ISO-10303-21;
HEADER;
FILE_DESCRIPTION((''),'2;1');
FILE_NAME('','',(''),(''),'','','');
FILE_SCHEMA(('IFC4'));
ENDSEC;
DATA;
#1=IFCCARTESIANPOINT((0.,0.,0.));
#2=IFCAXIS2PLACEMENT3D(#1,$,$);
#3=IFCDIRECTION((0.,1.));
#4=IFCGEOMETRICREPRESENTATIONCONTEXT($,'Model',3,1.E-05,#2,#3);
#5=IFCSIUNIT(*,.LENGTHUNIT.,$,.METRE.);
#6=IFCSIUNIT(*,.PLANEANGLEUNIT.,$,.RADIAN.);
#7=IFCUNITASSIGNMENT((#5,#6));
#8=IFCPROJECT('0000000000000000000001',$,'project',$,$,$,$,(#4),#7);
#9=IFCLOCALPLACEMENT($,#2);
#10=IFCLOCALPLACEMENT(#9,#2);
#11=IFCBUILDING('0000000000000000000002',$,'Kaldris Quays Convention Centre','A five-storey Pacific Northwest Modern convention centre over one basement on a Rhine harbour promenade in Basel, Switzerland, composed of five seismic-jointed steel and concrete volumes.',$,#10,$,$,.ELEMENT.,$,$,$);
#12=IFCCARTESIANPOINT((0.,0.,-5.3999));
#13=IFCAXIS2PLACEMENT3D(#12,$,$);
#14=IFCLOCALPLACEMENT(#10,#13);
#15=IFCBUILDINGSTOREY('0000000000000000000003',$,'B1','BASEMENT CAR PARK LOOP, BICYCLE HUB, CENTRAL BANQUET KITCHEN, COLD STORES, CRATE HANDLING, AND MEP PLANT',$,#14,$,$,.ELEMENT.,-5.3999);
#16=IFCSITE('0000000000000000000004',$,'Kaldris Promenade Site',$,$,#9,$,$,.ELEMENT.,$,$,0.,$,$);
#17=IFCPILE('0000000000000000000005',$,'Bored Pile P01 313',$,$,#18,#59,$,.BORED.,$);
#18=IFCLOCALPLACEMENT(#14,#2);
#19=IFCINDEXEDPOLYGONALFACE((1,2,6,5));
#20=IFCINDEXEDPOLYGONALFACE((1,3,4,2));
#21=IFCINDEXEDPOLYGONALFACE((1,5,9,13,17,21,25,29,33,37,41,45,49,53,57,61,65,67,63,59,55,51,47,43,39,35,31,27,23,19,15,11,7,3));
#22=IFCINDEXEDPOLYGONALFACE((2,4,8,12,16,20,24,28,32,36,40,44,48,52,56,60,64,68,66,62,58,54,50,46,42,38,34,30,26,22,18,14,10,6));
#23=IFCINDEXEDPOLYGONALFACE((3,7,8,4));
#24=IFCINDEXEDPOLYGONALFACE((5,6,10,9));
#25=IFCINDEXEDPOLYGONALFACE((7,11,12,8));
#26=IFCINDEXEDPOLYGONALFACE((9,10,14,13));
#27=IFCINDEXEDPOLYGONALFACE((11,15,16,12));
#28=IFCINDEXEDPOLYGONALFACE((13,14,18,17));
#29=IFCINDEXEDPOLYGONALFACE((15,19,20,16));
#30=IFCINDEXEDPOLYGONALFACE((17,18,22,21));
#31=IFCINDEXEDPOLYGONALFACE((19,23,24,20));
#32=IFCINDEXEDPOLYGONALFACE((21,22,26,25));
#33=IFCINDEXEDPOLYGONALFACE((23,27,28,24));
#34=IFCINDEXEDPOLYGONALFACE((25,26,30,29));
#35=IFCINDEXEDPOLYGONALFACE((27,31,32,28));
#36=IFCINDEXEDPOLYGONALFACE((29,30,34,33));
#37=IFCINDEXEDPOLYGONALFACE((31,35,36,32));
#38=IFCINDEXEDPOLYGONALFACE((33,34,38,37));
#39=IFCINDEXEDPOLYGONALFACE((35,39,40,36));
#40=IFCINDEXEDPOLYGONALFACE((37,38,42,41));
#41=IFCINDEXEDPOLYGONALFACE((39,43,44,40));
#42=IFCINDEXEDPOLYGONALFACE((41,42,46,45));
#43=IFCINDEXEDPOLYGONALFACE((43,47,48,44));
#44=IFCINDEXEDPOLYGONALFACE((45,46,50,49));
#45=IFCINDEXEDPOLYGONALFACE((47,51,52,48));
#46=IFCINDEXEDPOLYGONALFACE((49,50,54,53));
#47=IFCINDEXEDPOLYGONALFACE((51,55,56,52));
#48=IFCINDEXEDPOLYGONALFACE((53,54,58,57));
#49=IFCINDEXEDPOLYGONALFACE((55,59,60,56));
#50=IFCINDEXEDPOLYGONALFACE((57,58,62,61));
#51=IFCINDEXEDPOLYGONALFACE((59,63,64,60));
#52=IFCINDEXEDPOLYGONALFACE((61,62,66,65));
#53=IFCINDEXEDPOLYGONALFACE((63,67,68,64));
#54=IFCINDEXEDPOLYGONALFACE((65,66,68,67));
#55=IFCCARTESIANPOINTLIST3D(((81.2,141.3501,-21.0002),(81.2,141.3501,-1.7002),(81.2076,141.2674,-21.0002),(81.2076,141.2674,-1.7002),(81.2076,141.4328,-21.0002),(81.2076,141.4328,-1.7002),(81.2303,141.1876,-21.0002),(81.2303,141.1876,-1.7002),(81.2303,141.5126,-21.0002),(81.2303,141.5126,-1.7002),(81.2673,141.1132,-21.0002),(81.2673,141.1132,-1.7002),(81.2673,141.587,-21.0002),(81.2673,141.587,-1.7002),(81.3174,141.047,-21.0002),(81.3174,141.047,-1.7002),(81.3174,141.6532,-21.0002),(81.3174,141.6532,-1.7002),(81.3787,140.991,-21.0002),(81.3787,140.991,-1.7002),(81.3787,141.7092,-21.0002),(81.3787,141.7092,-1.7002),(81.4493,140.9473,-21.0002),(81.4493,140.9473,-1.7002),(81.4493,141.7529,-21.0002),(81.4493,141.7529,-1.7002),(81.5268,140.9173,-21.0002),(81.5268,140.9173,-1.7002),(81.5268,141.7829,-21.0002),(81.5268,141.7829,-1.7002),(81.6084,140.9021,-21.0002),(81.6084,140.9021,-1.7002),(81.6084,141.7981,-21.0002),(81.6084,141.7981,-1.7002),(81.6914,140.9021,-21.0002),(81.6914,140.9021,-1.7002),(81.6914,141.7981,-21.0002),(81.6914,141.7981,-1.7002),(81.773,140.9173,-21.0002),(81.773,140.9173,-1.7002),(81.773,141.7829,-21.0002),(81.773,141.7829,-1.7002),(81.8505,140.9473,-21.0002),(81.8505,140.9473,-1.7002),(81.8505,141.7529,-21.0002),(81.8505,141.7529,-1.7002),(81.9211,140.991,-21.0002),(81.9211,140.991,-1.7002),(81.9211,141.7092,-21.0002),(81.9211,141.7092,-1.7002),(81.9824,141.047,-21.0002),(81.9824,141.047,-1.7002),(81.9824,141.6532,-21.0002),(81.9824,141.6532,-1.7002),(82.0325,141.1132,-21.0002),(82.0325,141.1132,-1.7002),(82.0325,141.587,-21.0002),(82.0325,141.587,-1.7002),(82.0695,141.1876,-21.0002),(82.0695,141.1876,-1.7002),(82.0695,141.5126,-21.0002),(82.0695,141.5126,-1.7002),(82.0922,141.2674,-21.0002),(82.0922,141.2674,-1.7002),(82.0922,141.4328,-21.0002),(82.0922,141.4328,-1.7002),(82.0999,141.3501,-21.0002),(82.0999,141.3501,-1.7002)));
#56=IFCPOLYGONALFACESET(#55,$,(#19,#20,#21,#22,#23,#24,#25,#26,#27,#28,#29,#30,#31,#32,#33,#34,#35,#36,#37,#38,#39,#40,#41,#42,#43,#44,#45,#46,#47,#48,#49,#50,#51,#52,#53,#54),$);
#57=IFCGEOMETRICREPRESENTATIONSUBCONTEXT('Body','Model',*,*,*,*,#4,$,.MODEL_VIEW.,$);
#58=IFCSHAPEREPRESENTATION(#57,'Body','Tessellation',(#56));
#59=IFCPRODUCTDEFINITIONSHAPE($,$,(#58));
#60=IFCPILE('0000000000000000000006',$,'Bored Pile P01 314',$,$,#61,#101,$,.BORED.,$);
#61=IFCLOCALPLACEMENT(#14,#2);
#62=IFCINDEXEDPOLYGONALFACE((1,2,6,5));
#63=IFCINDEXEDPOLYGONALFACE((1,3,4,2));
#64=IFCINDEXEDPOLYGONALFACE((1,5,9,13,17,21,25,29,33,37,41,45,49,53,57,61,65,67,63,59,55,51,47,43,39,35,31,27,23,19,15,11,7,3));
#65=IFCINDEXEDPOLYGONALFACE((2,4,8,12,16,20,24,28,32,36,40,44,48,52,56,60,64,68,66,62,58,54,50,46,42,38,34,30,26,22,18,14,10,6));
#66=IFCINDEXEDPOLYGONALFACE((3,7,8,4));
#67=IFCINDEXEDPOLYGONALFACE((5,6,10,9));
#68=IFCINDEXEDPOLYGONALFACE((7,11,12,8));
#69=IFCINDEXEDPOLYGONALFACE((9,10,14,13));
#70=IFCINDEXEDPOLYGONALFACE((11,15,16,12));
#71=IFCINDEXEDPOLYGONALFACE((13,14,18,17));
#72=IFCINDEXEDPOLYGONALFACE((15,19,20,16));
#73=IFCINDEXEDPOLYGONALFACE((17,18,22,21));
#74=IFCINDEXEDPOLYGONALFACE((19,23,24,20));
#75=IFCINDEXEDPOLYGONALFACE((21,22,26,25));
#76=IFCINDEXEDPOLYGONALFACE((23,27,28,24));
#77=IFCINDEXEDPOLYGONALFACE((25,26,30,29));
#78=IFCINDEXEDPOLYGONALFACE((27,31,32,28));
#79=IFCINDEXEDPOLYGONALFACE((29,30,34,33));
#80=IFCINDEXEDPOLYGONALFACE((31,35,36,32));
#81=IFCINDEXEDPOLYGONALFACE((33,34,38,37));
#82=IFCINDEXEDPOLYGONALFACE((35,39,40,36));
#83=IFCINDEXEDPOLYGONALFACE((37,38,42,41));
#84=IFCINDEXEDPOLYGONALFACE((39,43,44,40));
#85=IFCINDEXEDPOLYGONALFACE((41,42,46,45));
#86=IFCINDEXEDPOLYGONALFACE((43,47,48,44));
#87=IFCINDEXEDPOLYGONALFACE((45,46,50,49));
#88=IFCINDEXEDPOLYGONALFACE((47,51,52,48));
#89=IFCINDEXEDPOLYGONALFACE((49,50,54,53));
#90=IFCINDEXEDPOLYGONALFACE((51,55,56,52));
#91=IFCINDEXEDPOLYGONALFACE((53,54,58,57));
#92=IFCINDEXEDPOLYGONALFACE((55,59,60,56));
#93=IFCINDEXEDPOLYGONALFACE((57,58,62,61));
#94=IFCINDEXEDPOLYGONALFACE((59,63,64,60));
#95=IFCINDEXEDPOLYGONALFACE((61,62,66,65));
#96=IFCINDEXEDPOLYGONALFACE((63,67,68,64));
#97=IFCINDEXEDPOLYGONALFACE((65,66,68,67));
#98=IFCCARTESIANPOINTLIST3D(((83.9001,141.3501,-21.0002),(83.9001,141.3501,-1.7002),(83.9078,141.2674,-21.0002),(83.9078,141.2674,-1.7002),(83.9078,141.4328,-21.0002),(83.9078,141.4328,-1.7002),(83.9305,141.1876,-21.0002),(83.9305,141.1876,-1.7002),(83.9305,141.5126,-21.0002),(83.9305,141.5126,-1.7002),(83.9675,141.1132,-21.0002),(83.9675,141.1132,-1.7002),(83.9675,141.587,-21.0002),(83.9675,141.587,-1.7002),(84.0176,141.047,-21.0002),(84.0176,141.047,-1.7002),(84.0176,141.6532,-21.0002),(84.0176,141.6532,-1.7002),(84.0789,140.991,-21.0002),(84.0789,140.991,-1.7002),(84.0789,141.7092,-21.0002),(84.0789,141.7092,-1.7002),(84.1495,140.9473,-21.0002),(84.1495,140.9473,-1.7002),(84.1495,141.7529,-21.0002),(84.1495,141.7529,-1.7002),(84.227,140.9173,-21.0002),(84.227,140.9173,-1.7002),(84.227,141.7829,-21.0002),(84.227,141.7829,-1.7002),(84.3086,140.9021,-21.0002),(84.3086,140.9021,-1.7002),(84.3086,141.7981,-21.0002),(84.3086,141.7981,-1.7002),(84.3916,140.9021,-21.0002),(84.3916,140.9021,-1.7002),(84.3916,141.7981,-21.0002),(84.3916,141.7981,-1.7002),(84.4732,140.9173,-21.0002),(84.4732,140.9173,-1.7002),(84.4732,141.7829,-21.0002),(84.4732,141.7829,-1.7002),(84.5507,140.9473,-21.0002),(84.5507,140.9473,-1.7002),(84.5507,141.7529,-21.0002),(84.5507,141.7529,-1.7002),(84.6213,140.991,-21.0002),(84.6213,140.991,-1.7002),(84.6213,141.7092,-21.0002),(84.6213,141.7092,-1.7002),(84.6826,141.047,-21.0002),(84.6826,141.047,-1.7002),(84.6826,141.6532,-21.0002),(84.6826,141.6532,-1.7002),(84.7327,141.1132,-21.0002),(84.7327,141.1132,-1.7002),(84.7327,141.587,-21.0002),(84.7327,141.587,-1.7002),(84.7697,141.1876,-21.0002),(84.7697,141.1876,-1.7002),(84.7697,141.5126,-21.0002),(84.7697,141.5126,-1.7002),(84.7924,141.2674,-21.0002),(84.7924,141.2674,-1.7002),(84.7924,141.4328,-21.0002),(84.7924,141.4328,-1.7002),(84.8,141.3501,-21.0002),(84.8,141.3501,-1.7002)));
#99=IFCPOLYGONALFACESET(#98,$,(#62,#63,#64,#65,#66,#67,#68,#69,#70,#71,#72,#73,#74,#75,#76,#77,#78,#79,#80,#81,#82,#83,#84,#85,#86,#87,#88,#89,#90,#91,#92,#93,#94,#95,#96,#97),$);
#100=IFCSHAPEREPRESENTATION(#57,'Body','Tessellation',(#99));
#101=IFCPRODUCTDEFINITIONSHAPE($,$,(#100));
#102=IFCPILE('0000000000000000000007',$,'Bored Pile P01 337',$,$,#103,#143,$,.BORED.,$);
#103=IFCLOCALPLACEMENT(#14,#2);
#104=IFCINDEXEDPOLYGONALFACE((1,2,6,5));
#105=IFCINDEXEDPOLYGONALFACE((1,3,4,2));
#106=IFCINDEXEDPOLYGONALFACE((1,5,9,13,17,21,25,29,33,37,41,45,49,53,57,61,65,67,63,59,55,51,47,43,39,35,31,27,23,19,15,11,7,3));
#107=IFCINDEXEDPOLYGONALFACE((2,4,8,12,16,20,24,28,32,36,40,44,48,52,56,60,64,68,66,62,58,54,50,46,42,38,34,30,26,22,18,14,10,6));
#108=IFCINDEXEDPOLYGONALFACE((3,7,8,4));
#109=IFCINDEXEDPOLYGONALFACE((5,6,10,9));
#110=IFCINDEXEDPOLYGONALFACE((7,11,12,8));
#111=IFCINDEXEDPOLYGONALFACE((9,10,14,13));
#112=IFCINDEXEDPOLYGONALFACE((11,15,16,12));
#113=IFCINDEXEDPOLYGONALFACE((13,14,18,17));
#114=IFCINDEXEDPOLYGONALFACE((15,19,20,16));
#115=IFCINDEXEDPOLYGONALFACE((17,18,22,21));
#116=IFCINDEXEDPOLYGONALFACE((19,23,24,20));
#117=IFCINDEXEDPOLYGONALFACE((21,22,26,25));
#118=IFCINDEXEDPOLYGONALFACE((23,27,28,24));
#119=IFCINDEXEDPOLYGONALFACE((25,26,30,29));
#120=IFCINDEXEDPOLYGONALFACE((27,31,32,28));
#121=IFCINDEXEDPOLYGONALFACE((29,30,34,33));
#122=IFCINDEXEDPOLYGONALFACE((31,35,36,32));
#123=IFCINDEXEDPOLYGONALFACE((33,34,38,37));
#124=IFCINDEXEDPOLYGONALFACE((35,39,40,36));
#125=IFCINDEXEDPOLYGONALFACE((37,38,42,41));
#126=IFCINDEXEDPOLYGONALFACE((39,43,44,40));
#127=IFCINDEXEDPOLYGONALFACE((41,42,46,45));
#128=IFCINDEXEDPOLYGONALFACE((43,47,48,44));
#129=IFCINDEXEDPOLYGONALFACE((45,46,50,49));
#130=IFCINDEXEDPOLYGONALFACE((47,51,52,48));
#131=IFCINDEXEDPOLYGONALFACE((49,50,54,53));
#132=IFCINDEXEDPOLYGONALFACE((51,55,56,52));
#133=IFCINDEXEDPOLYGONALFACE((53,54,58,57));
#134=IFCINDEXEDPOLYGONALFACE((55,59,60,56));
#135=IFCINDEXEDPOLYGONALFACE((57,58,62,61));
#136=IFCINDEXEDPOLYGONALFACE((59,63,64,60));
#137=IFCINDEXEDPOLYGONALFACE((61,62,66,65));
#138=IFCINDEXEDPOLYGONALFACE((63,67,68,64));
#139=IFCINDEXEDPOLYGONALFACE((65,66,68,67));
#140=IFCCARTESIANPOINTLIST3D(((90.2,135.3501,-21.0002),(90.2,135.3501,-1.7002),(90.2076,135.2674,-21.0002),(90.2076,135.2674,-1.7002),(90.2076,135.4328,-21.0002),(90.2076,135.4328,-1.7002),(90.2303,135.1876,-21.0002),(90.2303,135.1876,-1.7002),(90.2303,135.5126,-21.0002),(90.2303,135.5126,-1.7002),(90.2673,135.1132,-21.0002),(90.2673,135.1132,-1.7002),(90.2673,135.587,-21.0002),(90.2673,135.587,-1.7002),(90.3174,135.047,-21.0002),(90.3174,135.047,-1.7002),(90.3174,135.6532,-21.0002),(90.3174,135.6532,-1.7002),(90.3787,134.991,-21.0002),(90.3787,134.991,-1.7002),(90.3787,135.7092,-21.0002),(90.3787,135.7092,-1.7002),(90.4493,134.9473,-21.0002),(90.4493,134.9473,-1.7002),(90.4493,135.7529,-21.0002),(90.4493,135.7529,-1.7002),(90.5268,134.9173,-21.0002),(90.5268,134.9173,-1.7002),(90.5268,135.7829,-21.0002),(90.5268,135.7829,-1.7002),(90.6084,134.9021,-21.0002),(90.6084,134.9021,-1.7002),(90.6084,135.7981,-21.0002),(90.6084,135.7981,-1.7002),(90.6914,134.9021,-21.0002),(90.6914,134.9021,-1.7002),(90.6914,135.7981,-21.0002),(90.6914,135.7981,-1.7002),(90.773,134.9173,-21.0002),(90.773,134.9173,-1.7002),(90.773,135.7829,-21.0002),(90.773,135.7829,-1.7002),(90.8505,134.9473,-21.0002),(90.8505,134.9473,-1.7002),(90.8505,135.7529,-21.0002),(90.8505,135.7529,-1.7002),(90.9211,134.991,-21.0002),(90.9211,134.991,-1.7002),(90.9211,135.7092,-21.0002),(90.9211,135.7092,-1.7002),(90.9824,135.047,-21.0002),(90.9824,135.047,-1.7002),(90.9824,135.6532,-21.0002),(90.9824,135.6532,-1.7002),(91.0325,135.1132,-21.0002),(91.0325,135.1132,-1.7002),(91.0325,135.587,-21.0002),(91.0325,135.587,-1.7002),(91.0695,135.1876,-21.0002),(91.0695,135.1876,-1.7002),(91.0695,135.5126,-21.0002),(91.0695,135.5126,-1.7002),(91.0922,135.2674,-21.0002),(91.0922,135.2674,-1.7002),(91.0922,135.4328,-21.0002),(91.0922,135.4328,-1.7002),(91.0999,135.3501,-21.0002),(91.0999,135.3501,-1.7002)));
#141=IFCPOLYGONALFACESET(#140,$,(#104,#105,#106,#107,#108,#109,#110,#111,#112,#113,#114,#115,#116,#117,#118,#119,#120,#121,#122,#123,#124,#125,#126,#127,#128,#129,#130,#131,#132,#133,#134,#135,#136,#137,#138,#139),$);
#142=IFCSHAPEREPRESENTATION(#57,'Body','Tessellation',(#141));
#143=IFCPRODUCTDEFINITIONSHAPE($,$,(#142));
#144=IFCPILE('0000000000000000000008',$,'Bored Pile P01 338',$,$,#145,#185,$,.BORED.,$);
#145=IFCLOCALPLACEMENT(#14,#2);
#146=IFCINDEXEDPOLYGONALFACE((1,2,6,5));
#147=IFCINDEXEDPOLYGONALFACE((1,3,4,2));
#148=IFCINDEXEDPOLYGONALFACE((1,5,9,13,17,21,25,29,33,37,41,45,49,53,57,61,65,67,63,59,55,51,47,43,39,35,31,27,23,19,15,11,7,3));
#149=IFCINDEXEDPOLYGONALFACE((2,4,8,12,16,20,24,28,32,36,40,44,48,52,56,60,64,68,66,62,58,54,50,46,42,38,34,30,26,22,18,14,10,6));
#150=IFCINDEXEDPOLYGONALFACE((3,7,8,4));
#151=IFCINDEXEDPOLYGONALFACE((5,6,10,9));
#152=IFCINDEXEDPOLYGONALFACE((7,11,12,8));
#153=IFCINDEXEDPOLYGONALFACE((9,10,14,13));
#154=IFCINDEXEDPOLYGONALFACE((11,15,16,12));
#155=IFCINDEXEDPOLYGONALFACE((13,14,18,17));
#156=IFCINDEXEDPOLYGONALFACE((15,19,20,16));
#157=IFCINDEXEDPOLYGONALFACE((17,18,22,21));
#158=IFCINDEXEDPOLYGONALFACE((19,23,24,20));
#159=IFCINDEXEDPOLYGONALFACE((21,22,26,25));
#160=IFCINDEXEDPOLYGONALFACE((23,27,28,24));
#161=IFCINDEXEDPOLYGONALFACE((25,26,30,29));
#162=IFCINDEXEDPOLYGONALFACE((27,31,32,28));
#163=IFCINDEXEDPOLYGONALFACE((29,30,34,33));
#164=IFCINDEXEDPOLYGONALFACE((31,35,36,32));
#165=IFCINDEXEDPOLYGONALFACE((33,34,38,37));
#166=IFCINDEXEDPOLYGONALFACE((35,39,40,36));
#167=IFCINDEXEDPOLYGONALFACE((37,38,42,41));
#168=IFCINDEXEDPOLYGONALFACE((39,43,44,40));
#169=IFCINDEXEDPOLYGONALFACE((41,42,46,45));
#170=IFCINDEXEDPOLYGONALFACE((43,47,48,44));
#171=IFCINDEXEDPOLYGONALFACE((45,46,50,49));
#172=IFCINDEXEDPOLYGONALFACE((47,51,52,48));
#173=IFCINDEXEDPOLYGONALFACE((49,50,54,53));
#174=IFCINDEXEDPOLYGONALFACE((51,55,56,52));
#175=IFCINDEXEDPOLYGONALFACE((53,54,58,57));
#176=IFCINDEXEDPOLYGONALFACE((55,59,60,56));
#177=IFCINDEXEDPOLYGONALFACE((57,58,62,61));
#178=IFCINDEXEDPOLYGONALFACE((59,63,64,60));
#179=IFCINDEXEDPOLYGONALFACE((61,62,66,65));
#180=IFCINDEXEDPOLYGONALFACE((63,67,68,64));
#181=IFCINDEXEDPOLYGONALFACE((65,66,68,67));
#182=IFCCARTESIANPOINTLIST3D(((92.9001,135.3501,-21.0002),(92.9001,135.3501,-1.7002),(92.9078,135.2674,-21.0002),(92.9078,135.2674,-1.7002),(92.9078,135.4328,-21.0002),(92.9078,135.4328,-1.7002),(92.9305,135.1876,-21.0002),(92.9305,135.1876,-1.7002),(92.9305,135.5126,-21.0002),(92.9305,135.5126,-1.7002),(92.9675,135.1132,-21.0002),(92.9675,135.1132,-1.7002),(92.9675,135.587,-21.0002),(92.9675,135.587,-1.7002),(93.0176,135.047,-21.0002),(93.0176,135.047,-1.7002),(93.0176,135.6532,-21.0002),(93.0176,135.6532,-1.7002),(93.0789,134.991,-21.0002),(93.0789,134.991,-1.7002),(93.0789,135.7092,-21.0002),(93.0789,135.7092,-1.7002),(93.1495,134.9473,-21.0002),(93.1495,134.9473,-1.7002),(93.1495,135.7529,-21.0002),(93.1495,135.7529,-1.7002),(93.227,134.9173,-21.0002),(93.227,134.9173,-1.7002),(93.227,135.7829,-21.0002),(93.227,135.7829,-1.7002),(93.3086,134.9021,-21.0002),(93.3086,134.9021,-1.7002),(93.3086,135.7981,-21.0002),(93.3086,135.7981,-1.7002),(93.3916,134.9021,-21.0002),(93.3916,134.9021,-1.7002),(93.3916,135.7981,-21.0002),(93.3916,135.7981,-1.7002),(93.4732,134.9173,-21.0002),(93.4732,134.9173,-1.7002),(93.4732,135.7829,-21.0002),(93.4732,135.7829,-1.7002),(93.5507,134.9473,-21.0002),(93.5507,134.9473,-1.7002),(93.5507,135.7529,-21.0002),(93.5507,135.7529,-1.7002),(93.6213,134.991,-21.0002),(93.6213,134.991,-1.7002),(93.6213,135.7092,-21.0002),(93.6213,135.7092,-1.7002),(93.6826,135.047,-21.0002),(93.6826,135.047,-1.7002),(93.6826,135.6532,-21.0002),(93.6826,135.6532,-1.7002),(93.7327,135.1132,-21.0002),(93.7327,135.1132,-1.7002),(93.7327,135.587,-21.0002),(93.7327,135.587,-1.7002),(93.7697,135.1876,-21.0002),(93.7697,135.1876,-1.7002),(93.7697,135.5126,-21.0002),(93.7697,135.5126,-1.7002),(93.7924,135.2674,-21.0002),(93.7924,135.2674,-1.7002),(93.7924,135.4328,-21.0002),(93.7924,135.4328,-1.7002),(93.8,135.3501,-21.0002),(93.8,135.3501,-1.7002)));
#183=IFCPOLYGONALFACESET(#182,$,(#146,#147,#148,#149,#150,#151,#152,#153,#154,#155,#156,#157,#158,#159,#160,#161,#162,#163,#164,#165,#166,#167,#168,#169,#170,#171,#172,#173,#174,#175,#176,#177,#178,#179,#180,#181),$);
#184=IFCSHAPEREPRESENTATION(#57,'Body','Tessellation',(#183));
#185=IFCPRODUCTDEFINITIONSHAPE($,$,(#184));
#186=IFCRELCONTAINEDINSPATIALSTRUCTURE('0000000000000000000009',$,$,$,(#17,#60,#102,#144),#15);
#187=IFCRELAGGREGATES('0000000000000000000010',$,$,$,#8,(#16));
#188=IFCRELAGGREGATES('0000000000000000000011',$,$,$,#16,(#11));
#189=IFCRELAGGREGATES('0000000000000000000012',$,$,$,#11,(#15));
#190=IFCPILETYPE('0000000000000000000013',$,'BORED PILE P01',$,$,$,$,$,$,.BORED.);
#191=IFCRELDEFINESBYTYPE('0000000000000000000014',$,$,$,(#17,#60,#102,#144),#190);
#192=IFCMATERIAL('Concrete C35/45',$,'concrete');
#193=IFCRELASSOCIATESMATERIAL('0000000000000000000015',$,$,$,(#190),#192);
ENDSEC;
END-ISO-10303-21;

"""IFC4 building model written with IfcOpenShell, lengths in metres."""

from ifc_helpers import new_model, si_unit, direction, frame, origin, origin_2d, place, context, subcontext, project, spatial, circle, extrude, material, material_profile, profile_set, type_object, element, save


model = new_model("IFC4")

# Units and contexts
model_context = context("Model", 3, precision=1e-05, world=origin(), true_north=direction((0.0, 1.0)))
body_context = subcontext(model_context, "Body", "Model", "MODEL_VIEW")
ifc_project = project(units=[si_unit("LENGTHUNIT", "METRE"), si_unit("PLANEANGLEUNIT", "RADIAN")], contexts=[model_context])

# Site, building, storey
site_placement = place(None, origin())
site = spatial("IfcSite", under=ifc_project, at=site_placement, Name="Kaldris Promenade Site", CompositionType="ELEMENT", RefElevation=0.0)
building_placement = place(site_placement, origin())
building = spatial("IfcBuilding", under=site, at=building_placement, Name="Kaldris Quays Convention Centre", Description="A five-storey Pacific Northwest Modern convention centre over one basement on a Rhine harbour promenade in Basel, Switzerland, composed of five seismic-jointed steel and concrete volumes.", CompositionType="ELEMENT")
storey_placement = place(building_placement, frame((0.0, 0.0, -5.3999)))
storey = spatial("IfcBuildingStorey", under=building, at=storey_placement, Name="B1", Description="BASEMENT CAR PARK LOOP, BICYCLE HUB, CENTRAL BANQUET KITCHEN, COLD STORES, CRATE HANDLING, AND MEP PLANT", CompositionType="ELEMENT", Elevation=-5.3999)

# Piles
ifc_material_1 = material(Name="Concrete C35/45", Category="concrete")
ifc_material_profile_1 = material_profile(ifc_material_1, circle(Radius=0.45, at=origin_2d()), Name="BORED PILE D900")
ifc_profile_set_1 = profile_set([ifc_material_profile_1], Name="Concrete C35/45")
pile_type = type_object("IfcPileType", Name="BORED PILE P01", PredefinedType="BORED", material=ifc_profile_set_1)
for number, where, z_axis, x_axis, name in (
    (1, (81.6499, 141.3501, -1.7002), (0.0, 0.0, -1.0), (1.0, 0.0, 0.0), "Bored Pile P01 313"),
    (2, (84.3501, 141.3501, -1.7002), (0.0, 0.0, -1.0), (1.0, 0.0, 0.0), "Bored Pile P01 314"),
    (3, (90.6499, 135.3501, -1.7002), (0.0, 0.0, -1.0), (1.0, 0.0, 0.0), "Bored Pile P01 337"),
    (4, (93.3501, 135.3501, -1.7002), (0.0, 0.0, -1.0), (1.0, 0.0, 0.0), "Bored Pile P01 338"),
):
    element("IfcPile", number, at=place(storey_placement, frame(where, z_axis=z_axis, x_axis=x_axis)), inside=storey, type_object=pile_type, Name=name, PredefinedType="BORED", context=body_context, shape_type="SweptSolid", body=[
        extrude(circle(Radius=0.45, at=origin_2d()), origin(), (0.0, 0.0, 1.0), 19.3),
    ])

save(model, "model.ifc")
